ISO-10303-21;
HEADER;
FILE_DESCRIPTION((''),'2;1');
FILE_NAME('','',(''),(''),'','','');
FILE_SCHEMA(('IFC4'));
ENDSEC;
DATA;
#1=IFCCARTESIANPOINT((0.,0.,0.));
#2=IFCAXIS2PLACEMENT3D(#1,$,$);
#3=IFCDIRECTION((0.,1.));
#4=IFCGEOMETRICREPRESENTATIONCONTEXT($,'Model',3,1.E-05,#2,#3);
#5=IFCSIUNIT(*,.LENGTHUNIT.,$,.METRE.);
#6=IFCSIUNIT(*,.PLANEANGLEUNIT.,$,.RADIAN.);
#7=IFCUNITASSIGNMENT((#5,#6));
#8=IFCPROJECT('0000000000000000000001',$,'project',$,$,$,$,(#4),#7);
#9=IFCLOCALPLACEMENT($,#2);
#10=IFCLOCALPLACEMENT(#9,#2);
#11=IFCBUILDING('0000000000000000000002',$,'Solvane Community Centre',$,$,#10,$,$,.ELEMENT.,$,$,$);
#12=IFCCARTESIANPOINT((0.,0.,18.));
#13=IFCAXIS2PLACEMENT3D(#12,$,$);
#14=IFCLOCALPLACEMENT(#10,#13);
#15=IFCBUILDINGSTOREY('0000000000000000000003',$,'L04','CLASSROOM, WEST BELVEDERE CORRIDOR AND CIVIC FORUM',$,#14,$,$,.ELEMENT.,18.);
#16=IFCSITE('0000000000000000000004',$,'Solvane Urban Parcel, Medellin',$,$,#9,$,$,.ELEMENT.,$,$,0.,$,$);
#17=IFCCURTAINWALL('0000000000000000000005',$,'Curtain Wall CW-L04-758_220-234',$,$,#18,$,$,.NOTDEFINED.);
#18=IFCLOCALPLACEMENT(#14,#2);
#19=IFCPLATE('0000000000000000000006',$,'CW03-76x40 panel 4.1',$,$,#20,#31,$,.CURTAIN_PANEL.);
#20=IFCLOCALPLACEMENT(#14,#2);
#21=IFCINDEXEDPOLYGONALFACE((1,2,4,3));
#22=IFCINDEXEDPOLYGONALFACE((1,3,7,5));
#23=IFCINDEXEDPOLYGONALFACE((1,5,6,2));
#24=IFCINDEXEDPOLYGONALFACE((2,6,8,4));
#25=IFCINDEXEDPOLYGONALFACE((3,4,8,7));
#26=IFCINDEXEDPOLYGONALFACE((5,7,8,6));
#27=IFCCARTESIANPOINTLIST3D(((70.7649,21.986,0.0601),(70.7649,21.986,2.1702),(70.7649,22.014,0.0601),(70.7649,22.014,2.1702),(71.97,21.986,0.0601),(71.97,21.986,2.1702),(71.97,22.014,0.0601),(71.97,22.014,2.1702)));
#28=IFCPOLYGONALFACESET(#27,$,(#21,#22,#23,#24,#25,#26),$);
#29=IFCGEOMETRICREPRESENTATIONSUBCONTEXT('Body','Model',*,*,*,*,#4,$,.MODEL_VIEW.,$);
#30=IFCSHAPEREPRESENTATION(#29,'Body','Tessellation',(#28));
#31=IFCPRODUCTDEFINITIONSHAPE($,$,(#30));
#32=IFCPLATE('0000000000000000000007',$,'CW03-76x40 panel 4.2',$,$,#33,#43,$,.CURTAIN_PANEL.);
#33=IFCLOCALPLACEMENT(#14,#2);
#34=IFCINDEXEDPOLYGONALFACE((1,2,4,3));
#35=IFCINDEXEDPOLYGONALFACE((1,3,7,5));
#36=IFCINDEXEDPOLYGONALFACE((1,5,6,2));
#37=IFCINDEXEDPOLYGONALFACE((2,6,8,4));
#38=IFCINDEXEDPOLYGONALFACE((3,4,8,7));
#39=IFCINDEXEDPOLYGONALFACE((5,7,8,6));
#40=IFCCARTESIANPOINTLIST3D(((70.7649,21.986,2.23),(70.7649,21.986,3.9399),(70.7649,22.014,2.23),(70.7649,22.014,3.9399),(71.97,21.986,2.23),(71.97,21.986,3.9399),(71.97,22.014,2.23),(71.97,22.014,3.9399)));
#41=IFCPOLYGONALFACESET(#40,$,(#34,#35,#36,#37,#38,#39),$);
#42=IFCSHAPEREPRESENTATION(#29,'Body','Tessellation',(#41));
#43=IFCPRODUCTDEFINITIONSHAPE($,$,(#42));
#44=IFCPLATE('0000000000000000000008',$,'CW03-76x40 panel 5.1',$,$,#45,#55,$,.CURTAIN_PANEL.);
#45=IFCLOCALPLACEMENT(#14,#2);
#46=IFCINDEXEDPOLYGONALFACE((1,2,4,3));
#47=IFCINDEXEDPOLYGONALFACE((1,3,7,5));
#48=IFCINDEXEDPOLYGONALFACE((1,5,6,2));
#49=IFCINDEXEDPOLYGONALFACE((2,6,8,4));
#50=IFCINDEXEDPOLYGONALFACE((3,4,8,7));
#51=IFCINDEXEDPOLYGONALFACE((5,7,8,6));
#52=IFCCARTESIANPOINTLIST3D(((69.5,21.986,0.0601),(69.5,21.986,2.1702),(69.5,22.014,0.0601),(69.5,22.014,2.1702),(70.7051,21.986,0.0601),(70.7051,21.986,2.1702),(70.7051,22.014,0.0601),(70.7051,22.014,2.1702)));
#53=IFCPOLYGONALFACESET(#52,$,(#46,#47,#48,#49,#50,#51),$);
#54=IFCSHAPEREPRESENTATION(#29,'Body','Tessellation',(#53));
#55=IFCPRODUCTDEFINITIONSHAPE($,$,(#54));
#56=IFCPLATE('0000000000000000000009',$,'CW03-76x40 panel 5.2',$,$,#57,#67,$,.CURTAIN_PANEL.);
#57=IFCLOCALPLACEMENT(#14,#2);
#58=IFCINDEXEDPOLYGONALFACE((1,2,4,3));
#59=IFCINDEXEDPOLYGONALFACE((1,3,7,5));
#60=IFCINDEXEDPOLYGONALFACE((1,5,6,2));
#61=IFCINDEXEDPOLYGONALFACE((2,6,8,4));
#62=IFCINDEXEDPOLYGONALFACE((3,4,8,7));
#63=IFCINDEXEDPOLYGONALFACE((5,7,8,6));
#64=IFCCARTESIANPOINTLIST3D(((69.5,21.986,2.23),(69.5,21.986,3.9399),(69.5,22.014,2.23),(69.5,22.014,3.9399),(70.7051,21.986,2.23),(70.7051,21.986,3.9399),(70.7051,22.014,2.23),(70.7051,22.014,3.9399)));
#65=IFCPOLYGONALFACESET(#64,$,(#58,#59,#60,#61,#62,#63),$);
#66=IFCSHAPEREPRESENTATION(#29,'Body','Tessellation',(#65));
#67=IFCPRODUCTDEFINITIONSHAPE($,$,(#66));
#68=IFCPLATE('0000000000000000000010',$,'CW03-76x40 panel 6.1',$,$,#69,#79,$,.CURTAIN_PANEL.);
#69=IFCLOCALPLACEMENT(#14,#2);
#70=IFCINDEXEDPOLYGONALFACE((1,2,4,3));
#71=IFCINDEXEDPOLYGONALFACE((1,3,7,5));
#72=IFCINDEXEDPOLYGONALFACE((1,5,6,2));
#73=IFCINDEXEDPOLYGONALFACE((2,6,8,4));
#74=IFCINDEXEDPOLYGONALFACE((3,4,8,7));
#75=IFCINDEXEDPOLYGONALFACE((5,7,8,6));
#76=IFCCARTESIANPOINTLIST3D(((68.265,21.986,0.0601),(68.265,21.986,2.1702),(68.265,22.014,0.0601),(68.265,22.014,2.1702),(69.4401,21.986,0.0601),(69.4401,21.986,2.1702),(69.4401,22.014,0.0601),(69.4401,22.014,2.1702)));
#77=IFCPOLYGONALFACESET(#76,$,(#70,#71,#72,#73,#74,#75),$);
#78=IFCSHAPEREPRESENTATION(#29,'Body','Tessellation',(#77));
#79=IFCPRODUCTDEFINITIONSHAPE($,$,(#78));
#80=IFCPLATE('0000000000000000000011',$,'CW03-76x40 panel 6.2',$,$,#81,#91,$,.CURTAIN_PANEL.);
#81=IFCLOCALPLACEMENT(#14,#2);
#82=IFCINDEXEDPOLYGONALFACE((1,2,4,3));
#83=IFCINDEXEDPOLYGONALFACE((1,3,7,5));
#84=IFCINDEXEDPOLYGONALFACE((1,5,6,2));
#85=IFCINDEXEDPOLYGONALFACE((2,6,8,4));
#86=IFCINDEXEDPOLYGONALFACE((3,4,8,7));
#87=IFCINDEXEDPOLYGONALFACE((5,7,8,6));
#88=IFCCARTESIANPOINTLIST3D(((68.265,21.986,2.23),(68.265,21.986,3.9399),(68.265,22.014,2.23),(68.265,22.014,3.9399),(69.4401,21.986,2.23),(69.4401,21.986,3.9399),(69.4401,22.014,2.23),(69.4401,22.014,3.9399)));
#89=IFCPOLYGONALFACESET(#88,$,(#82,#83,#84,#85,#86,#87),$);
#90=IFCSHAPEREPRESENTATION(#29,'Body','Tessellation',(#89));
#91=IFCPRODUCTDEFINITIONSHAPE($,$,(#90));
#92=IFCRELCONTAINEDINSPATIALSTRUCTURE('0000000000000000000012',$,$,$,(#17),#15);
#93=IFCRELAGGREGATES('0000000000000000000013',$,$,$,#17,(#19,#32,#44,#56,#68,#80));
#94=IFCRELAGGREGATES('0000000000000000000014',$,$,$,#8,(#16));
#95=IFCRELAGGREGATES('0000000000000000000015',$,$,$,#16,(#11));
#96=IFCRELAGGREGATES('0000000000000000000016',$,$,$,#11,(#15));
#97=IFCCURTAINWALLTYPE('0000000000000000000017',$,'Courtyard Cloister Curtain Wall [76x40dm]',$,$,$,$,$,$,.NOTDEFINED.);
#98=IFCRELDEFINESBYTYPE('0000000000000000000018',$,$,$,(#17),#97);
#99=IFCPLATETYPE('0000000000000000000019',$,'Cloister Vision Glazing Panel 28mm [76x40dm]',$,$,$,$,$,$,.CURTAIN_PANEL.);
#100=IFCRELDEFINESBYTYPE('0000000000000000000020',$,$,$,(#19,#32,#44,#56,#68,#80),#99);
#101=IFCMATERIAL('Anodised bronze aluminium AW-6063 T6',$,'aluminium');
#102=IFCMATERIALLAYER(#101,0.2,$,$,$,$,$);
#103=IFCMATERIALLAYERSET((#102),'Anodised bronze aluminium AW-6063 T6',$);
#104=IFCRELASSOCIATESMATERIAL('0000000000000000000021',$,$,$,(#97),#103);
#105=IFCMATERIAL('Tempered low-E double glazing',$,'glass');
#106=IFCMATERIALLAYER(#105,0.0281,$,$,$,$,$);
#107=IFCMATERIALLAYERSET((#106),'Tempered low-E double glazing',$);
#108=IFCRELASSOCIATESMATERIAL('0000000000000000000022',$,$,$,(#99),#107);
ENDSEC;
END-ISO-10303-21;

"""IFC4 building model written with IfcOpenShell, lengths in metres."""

from ifc_helpers import new_model, si_unit, direction, frame, origin, origin_2d, place, context, subcontext, project, spatial, rectangle, extrude, material, layer, layer_set, type_object, element, aggregate, save


model = new_model("IFC4")

# Units and contexts
model_context = context("Model", 3, precision=1e-05, world=origin(), true_north=direction((0.0, 1.0)))
body_context = subcontext(model_context, "Body", "Model", "MODEL_VIEW")
ifc_project = project(units=[si_unit("LENGTHUNIT", "METRE"), si_unit("PLANEANGLEUNIT", "RADIAN")], contexts=[model_context])

# Site, building, storey
site_placement = place(None, origin())
site = spatial("IfcSite", under=ifc_project, at=site_placement, Name="Solvane Urban Parcel, Medellin", CompositionType="ELEMENT", RefElevation=0.0)
building_placement = place(site_placement, origin())
building = spatial("IfcBuilding", under=site, at=building_placement, Name="Solvane Community Centre", CompositionType="ELEMENT")
storey_placement = place(building_placement, frame((0.0, 0.0, 18.0)))
storey = spatial("IfcBuildingStorey", under=building, at=storey_placement, Name="L04", Description="CLASSROOM, WEST BELVEDERE CORRIDOR AND CIVIC FORUM", CompositionType="ELEMENT", Elevation=18.0)

# Curtain wall
ifc_material_1 = material(Name="Anodised bronze aluminium AW-6063 T6", Category="aluminium")
ifc_layer_1 = layer(ifc_material_1, 0.2)
ifc_layer_set_1 = layer_set([ifc_layer_1], Name="Anodised bronze aluminium AW-6063 T6")
curtain_wall_type_1 = type_object("IfcCurtainWallType", Name="Courtyard Cloister Curtain Wall [76x40dm]", PredefinedType="NOTDEFINED", material=ifc_layer_set_1)
curtain_wall_1_placement = place(storey_placement, origin())
curtain_wall_1 = element("IfcCurtainWall", 1, at=curtain_wall_1_placement, inside=storey, type_object=curtain_wall_type_1, Name="Curtain Wall CW-L04-758_220-234", PredefinedType="NOTDEFINED")

# Plates
ifc_material_2 = material(Name="Tempered low-E double glazing", Category="glass")
ifc_layer_2 = layer(ifc_material_2, 0.0281)
ifc_layer_set_2 = layer_set([ifc_layer_2], Name="Tempered low-E double glazing")
plate_type = type_object("IfcPlateType", Name="Cloister Vision Glazing Panel 28mm [76x40dm]", PredefinedType="CURTAIN_PANEL", material=ifc_layer_set_2)
plate_1_placement = place(storey_placement, frame((71.3674, 22.0, 0.0601), z_axis=(0.0, 0.0, 1.0), x_axis=(-1.0, 0.0, 0.0)))
plate_1 = element("IfcPlate", 2, at=plate_1_placement, type_object=plate_type, Name="CW03-76x40 panel 4.1", PredefinedType="CURTAIN_PANEL", context=body_context, shape_type="SweptSolid", body=[
    extrude(rectangle(XDim=1.2051, YDim=0.0281, at=origin_2d()), origin(), (0.0, 0.0, 1.0), 2.1101),
])
plate_2_placement = place(storey_placement, frame((71.3674, 22.0, 2.23), z_axis=(0.0, 0.0, 1.0), x_axis=(-1.0, 0.0, 0.0)))
plate_2 = element("IfcPlate", 3, at=plate_2_placement, type_object=plate_type, Name="CW03-76x40 panel 4.2", PredefinedType="CURTAIN_PANEL", context=body_context, shape_type="SweptSolid", body=[
    extrude(rectangle(XDim=1.2051, YDim=0.0281, at=origin_2d()), origin(), (0.0, 0.0, 1.0), 1.71),
])
plate_3_placement = place(storey_placement, frame((70.1025, 22.0, 0.0601), z_axis=(0.0, 0.0, 1.0), x_axis=(-1.0, 0.0, 0.0)))
plate_3 = element("IfcPlate", 4, at=plate_3_placement, type_object=plate_type, Name="CW03-76x40 panel 5.1", PredefinedType="CURTAIN_PANEL", context=body_context, shape_type="SweptSolid", body=[
    extrude(rectangle(XDim=1.2051, YDim=0.0281, at=origin_2d()), origin(), (0.0, 0.0, 1.0), 2.1101),
])
plate_4_placement = place(storey_placement, frame((70.1025, 22.0, 2.23), z_axis=(0.0, 0.0, 1.0), x_axis=(-1.0, 0.0, 0.0)))
plate_4 = element("IfcPlate", 5, at=plate_4_placement, type_object=plate_type, Name="CW03-76x40 panel 5.2", PredefinedType="CURTAIN_PANEL", context=body_context, shape_type="SweptSolid", body=[
    extrude(rectangle(XDim=1.2051, YDim=0.0281, at=origin_2d()), origin(), (0.0, 0.0, 1.0), 1.71),
])
plate_5_placement = place(storey_placement, frame((68.8525, 22.0, 0.0601), z_axis=(0.0, 0.0, 1.0), x_axis=(-1.0, 0.0, 0.0)))
plate_5 = element("IfcPlate", 6, at=plate_5_placement, type_object=plate_type, Name="CW03-76x40 panel 6.1", PredefinedType="CURTAIN_PANEL", context=body_context, shape_type="SweptSolid", body=[
    extrude(rectangle(XDim=1.175, YDim=0.0281, at=origin_2d()), origin(), (0.0, 0.0, 1.0), 2.1101),
])
plate_6_placement = place(storey_placement, frame((68.8525, 22.0, 2.23), z_axis=(0.0, 0.0, 1.0), x_axis=(-1.0, 0.0, 0.0)))
plate_6 = element("IfcPlate", 7, at=plate_6_placement, type_object=plate_type, Name="CW03-76x40 panel 6.2", PredefinedType="CURTAIN_PANEL", context=body_context, shape_type="SweptSolid", body=[
    extrude(rectangle(XDim=1.175, YDim=0.0281, at=origin_2d()), origin(), (0.0, 0.0, 1.0), 1.71),
])
aggregate(curtain_wall_1, [plate_1, plate_2, plate_3, plate_4, plate_5, plate_6])

save(model, "model.ifc")
